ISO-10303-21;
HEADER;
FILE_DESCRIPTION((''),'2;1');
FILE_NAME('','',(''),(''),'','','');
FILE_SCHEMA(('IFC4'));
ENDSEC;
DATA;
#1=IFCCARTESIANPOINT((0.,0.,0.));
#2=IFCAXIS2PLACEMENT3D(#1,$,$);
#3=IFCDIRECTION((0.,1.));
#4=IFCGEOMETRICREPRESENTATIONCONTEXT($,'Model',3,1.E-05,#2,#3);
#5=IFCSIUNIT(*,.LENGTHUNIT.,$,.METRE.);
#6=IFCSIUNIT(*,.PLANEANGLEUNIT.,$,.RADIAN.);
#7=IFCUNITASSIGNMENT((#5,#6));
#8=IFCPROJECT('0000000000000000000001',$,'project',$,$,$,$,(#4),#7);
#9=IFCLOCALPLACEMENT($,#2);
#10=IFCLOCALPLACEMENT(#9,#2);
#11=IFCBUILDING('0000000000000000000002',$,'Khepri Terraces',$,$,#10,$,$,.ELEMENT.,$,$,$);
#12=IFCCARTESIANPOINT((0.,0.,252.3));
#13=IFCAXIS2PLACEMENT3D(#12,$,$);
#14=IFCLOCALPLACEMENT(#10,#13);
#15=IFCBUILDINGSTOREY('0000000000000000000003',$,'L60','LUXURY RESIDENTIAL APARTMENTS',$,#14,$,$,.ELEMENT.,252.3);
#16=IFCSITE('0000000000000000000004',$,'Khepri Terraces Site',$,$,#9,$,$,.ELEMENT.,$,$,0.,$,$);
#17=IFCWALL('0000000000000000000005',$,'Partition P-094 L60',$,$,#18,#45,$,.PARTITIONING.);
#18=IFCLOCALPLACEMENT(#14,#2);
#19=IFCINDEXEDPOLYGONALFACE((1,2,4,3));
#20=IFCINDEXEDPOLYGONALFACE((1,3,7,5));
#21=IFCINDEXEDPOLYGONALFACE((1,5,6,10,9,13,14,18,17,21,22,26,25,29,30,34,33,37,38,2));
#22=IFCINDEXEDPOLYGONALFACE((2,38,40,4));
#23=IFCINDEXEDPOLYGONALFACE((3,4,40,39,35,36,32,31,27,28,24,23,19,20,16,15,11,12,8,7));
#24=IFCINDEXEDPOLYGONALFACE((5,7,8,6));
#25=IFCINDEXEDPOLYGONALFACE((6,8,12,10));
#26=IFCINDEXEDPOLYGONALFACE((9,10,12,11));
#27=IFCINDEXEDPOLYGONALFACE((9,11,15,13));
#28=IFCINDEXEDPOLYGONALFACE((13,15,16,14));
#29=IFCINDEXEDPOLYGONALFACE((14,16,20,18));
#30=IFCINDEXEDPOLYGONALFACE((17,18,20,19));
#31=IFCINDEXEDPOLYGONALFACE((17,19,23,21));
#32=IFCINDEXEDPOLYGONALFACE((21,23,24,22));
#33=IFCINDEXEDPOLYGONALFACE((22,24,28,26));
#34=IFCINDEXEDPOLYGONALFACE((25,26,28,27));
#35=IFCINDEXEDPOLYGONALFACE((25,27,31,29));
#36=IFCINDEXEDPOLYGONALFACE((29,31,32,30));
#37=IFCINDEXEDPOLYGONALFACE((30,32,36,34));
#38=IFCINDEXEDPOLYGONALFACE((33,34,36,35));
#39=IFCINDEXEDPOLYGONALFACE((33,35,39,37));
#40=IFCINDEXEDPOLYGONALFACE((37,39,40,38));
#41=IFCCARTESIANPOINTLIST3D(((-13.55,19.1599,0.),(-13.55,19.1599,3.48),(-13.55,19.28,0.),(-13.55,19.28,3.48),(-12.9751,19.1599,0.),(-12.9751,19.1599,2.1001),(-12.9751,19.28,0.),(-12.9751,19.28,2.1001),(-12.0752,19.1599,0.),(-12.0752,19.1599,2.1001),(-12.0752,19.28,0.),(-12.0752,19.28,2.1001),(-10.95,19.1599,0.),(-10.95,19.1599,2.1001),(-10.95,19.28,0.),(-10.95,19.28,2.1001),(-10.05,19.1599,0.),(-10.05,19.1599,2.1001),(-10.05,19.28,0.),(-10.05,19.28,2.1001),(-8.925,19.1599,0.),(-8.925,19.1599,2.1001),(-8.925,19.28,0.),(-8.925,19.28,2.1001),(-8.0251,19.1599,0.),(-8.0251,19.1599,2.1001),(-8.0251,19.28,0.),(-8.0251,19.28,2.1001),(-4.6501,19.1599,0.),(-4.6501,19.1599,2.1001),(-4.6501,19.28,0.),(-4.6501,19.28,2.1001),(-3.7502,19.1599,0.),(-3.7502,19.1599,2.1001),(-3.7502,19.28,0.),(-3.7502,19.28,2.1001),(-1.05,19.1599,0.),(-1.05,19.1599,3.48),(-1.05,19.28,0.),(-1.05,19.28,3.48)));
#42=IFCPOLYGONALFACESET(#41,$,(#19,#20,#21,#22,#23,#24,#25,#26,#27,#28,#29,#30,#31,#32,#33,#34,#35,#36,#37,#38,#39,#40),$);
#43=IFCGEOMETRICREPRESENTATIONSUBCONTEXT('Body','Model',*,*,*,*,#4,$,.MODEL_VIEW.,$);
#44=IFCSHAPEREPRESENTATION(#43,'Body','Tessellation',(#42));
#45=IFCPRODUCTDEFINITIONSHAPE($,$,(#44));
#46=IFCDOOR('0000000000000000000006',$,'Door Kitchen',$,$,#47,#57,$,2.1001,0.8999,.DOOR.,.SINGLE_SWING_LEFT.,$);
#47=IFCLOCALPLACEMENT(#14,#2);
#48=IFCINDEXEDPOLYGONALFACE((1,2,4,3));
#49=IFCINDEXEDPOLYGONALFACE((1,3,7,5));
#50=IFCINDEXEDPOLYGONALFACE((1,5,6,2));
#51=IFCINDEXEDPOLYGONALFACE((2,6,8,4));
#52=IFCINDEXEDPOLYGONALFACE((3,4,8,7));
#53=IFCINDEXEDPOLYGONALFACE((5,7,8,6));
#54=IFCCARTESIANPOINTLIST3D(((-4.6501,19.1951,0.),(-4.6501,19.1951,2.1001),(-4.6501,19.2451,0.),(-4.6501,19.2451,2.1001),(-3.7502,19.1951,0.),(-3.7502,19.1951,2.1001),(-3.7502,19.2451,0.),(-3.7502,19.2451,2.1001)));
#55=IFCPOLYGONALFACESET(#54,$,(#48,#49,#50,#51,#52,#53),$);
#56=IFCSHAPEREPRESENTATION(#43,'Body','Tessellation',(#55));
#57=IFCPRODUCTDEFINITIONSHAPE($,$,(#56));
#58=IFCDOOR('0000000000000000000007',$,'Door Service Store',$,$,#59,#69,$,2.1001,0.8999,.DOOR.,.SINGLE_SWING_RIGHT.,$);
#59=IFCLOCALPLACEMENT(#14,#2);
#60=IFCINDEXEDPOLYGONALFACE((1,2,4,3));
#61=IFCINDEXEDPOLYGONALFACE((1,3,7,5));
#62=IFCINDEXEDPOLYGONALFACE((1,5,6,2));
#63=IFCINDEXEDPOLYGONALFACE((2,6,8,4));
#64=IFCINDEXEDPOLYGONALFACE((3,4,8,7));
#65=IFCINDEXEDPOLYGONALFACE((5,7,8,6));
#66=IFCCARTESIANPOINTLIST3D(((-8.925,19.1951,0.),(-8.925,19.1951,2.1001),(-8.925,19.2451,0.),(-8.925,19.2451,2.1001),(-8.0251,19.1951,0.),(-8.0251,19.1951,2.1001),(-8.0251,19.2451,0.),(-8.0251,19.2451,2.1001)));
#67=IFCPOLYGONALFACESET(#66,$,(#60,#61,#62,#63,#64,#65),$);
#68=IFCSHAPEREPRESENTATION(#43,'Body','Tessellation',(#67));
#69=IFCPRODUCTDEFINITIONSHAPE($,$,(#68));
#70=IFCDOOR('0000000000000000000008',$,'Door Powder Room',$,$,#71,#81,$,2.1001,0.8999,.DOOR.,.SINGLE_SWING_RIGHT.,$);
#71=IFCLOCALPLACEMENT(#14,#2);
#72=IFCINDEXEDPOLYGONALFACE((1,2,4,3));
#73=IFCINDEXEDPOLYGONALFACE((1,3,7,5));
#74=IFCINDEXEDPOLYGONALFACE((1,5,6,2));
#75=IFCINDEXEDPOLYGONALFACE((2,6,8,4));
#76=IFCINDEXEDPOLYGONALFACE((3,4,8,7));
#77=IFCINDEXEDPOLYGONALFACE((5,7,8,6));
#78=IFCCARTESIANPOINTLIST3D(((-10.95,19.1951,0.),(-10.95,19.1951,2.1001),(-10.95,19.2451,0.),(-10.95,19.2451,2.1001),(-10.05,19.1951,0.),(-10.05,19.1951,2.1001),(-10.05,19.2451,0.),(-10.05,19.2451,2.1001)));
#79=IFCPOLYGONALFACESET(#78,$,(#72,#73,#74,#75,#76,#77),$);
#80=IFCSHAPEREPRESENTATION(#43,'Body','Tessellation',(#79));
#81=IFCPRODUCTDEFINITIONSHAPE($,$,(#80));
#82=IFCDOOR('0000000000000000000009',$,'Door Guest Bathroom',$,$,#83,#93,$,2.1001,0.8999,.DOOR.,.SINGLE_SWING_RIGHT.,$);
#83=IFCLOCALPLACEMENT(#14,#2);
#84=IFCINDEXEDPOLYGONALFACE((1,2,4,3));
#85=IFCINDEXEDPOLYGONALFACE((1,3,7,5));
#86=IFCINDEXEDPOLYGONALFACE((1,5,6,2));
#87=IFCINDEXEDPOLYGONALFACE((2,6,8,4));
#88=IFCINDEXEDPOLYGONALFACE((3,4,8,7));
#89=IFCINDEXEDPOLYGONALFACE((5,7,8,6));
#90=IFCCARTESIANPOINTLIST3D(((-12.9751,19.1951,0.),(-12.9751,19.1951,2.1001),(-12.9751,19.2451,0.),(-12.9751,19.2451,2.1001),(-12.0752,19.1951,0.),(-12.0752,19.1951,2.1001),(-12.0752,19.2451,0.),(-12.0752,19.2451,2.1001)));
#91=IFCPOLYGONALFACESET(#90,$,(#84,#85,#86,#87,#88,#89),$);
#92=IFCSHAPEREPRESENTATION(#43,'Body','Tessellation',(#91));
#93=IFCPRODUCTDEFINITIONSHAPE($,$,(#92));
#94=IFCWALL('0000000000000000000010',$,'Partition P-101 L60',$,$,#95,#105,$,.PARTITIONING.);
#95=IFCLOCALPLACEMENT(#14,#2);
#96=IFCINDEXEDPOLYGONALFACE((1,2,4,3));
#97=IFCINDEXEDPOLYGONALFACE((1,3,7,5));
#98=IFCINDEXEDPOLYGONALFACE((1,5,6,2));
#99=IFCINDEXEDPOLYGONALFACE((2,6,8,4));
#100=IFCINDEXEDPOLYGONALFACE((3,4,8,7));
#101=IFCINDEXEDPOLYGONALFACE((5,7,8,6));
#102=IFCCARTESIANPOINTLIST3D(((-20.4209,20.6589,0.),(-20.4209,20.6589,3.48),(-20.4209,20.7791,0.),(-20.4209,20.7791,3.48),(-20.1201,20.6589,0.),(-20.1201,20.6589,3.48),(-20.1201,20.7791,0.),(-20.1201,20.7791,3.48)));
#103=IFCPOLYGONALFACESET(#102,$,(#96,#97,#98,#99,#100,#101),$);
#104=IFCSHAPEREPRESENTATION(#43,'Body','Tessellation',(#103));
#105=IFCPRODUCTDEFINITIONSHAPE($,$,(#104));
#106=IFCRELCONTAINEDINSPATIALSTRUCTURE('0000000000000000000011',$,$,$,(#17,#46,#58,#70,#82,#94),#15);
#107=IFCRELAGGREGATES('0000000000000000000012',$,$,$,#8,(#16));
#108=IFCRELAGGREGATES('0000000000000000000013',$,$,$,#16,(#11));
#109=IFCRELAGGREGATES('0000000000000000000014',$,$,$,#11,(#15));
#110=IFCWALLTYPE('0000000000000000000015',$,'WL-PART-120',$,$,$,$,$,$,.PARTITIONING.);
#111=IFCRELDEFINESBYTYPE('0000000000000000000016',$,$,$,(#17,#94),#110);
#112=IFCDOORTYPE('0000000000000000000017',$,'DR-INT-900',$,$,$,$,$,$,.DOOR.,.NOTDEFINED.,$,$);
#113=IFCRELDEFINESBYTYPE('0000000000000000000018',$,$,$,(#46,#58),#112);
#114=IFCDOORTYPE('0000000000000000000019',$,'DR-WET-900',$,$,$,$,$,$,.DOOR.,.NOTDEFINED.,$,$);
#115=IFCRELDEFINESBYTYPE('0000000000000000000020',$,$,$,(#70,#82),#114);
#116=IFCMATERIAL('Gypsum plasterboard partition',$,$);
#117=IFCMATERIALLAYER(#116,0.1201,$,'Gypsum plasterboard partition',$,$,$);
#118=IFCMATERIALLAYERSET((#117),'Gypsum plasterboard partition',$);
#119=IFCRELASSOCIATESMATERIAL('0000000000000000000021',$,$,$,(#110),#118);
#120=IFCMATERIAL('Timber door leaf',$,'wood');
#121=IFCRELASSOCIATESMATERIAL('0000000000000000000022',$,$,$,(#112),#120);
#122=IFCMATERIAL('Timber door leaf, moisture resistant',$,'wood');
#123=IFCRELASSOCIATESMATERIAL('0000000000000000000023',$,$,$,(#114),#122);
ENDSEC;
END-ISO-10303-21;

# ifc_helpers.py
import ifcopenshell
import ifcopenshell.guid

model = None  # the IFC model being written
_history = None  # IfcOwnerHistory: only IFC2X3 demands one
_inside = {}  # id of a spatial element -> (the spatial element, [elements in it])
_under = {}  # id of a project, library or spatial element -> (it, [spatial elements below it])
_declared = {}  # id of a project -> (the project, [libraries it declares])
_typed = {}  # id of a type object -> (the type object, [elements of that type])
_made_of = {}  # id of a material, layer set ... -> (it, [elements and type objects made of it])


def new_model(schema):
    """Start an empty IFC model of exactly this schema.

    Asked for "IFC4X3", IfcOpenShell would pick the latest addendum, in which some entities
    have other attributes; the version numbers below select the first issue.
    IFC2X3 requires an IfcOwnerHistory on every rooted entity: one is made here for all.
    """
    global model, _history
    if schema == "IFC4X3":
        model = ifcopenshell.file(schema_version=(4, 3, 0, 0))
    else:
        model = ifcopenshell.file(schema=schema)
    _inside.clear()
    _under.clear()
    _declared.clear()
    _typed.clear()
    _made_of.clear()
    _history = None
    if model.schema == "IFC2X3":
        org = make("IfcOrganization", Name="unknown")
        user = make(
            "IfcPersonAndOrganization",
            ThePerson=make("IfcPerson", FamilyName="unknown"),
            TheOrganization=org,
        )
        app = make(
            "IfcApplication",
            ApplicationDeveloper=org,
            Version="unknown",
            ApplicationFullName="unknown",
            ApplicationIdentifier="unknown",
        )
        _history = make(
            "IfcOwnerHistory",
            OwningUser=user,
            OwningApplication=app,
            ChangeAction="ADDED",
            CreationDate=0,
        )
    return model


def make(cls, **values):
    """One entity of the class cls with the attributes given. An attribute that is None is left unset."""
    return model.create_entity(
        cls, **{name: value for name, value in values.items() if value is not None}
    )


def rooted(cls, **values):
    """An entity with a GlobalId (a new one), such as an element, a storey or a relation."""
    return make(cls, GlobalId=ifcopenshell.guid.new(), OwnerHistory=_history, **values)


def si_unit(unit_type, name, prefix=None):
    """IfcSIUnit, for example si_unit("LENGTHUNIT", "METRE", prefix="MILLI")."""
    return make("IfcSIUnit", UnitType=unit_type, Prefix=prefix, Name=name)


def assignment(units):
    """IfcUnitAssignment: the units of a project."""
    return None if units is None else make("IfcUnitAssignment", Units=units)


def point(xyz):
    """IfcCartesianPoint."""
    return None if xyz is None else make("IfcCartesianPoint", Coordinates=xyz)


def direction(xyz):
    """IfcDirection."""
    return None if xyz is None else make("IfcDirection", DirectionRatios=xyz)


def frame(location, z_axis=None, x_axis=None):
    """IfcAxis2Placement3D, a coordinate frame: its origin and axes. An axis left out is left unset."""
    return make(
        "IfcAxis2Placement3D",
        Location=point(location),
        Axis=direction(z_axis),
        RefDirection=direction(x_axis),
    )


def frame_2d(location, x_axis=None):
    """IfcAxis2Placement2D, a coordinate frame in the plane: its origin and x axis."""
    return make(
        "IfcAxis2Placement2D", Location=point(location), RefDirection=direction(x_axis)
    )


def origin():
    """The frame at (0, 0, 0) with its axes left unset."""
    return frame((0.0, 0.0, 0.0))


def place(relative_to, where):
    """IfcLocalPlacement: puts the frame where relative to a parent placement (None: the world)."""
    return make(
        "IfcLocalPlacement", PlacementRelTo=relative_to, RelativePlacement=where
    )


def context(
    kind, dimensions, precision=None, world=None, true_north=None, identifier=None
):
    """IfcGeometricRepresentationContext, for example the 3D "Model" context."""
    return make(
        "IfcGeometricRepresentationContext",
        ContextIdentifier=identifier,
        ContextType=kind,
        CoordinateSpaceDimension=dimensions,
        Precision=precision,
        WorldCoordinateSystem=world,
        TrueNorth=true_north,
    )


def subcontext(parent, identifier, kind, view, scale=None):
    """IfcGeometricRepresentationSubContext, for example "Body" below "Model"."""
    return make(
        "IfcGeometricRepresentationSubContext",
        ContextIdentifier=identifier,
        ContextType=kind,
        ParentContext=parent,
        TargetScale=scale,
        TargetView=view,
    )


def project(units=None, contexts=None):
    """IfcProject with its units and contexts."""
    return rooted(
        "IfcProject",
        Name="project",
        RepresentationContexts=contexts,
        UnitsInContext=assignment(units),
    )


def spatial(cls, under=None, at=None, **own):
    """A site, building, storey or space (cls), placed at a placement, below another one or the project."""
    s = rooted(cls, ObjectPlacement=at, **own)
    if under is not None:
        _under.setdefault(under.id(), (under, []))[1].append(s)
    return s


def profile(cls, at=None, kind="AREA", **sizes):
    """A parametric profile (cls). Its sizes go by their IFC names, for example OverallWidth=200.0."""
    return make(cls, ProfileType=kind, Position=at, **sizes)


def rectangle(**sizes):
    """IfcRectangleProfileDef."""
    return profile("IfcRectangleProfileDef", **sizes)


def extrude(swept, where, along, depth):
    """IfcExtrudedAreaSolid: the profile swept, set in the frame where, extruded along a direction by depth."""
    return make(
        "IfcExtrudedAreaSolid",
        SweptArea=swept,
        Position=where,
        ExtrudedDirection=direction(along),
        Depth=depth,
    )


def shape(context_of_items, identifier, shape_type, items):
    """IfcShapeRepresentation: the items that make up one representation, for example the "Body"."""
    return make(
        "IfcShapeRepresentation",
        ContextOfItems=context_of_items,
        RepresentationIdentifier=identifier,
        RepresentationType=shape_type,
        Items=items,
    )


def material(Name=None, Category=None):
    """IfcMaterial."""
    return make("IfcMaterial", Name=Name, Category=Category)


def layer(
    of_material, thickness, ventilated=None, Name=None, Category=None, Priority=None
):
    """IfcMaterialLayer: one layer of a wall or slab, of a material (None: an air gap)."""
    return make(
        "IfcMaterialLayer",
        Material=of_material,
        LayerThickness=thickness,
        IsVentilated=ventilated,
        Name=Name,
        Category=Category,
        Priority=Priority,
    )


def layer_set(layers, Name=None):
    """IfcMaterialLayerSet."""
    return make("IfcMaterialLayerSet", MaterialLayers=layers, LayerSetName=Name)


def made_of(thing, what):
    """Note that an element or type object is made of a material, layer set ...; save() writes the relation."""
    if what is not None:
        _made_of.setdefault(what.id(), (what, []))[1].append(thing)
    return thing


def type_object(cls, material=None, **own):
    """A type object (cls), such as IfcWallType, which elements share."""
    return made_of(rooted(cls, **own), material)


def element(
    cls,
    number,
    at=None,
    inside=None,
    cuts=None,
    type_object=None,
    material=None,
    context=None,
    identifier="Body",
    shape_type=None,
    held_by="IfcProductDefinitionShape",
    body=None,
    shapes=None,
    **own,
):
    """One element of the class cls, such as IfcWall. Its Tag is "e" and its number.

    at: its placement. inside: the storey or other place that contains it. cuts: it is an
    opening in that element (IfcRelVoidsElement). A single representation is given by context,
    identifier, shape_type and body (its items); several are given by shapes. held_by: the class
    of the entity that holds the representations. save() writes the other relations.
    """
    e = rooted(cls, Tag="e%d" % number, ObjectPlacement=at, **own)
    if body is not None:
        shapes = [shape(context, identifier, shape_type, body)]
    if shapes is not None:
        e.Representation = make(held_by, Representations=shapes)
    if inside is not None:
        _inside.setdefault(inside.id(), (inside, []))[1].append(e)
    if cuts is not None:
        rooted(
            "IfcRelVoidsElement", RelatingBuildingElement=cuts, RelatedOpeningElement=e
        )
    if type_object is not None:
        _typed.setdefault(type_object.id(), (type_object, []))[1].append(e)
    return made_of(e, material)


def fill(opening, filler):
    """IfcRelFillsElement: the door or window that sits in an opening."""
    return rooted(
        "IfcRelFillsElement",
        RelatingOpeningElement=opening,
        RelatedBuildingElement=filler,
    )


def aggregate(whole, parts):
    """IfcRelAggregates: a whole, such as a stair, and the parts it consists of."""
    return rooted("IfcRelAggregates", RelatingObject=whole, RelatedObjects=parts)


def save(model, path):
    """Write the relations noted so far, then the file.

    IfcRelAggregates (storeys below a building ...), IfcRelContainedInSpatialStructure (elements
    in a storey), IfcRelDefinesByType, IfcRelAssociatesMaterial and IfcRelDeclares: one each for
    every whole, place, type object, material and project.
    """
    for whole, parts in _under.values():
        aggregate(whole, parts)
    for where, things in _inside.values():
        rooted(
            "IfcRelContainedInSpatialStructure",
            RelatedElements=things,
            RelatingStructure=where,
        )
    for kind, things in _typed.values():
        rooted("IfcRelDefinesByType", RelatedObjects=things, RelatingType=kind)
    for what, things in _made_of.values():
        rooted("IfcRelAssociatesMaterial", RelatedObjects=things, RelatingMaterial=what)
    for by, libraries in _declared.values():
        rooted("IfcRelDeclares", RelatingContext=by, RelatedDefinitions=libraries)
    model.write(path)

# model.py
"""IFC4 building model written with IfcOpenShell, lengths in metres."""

from ifc_helpers import new_model, si_unit, direction, frame, frame_2d, origin, place, context, subcontext, project, spatial, rectangle, extrude, material, layer, layer_set, type_object, element, fill, save


model = new_model("IFC4")

# Units and contexts
model_context = context("Model", 3, precision=1e-05, world=origin(), true_north=direction((0.0, 1.0)))
body_context = subcontext(model_context, "Body", "Model", "MODEL_VIEW")
ifc_project = project(units=[si_unit("LENGTHUNIT", "METRE"), si_unit("PLANEANGLEUNIT", "RADIAN")], contexts=[model_context])

# Site, building, storey
site_placement = place(None, origin())
site = spatial("IfcSite", under=ifc_project, at=site_placement, Name="Khepri Terraces Site", CompositionType="ELEMENT", RefElevation=0.0)
building_placement = place(site_placement, origin())
building = spatial("IfcBuilding", under=site, at=building_placement, Name="Khepri Terraces", CompositionType="ELEMENT")
storey_placement = place(building_placement, frame((0.0, 0.0, 252.3)))
storey = spatial("IfcBuildingStorey", under=building, at=storey_placement, Name="L60", Description="LUXURY RESIDENTIAL APARTMENTS", CompositionType="ELEMENT", Elevation=252.3)

# Shared definitions
ifc_material_1 = material(Name="Gypsum plasterboard partition")
ifc_layer_1 = layer(ifc_material_1, 0.1201, Name="Gypsum plasterboard partition")
ifc_layer_set_1 = layer_set([ifc_layer_1], Name="Gypsum plasterboard partition")
wall_type_1 = type_object("IfcWallType", Name="WL-PART-120", PredefinedType="PARTITIONING", material=ifc_layer_set_1)

# Wall, openings, doors
wall_1_placement = place(storey_placement, frame((-13.55, 19.22, 0.0), z_axis=(0.0, 0.0, 1.0), x_axis=(1.0, 0.0, 0.0)))
wall_1 = element("IfcWall", 1, at=wall_1_placement, inside=storey, type_object=wall_type_1, Name="Partition P-094 L60", PredefinedType="PARTITIONING", context=body_context, shape_type="SweptSolid", body=[
    extrude(rectangle(XDim=12.5, YDim=0.1201, at=frame_2d((6.25, 0.0))), origin(), (0.0, 0.0, 1.0), 3.48),
])
opening_1_placement = place(wall_1_placement, frame((8.8999, 0.0, 0.0)))
opening_1 = element("IfcOpeningElement", 2, at=opening_1_placement, cuts=wall_1, PredefinedType="OPENING", context=body_context, shape_type="SweptSolid", body=[
    extrude(rectangle(XDim=0.8999, YDim=2.1001, at=frame_2d((0.45, 1.05))), frame((0.0, 0.0701, 0.0), z_axis=(0.0, -1.0, 0.0), x_axis=(1.0, 0.0, 0.0)), (0.0, 0.0, 1.0), 0.1401),
])
opening_2_placement = place(wall_1_placement, frame((4.625, 0.0, 0.0)))
opening_2 = element("IfcOpeningElement", 3, at=opening_2_placement, cuts=wall_1, PredefinedType="OPENING", context=body_context, shape_type="SweptSolid", body=[
    extrude(rectangle(XDim=0.8999, YDim=2.1001, at=frame_2d((0.45, 1.05))), frame((0.0, 0.0701, 0.0), z_axis=(0.0, -1.0, 0.0), x_axis=(1.0, 0.0, 0.0)), (0.0, 0.0, 1.0), 0.1401),
])
opening_3_placement = place(wall_1_placement, frame((2.6001, 0.0, 0.0)))
opening_3 = element("IfcOpeningElement", 4, at=opening_3_placement, cuts=wall_1, PredefinedType="OPENING", context=body_context, shape_type="SweptSolid", body=[
    extrude(rectangle(XDim=0.8999, YDim=2.1001, at=frame_2d((0.45, 1.05))), frame((0.0, 0.0701, 0.0), z_axis=(0.0, -1.0, 0.0), x_axis=(1.0, 0.0, 0.0)), (0.0, 0.0, 1.0), 0.1401),
])
opening_4_placement = place(wall_1_placement, frame((0.575, 0.0, 0.0)))
opening_4 = element("IfcOpeningElement", 5, at=opening_4_placement, cuts=wall_1, PredefinedType="OPENING", context=body_context, shape_type="SweptSolid", body=[
    extrude(rectangle(XDim=0.8999, YDim=2.1001, at=frame_2d((0.45, 1.05))), frame((0.0, 0.0701, 0.0), z_axis=(0.0, -1.0, 0.0), x_axis=(1.0, 0.0, 0.0)), (0.0, 0.0, 1.0), 0.1401),
])
ifc_material_2 = material(Name="Timber door leaf", Category="wood")
door_type_1 = type_object("IfcDoorType", Name="DR-INT-900", OperationType="NOTDEFINED", PredefinedType="DOOR", material=ifc_material_2)
door_1_placement = place(opening_1_placement, frame((0.8999, 0.0, 0.0), z_axis=(0.0, 0.0, 1.0), x_axis=(-1.0, 0.0, 0.0)))
door_1 = element("IfcDoor", 6, at=door_1_placement, inside=storey, type_object=door_type_1, Name="Door Kitchen", OperationType="SINGLE_SWING_LEFT", OverallHeight=2.1001, OverallWidth=0.8999, PredefinedType="DOOR", context=body_context, shape_type="SweptSolid", body=[
    extrude(rectangle(XDim=0.8999, YDim=2.1001, at=frame_2d((0.45, 1.05))), frame((0.0, 0.0249, 0.0), z_axis=(0.0, -1.0, 0.0), x_axis=(1.0, 0.0, 0.0)), (0.0, 0.0, 1.0), 0.05),
])
fill(opening_1, door_1)
door_2_placement = place(opening_2_placement, frame((0.8999, 0.0, 0.0), z_axis=(0.0, 0.0, 1.0), x_axis=(-1.0, 0.0, 0.0)))
door_2 = element("IfcDoor", 7, at=door_2_placement, inside=storey, type_object=door_type_1, Name="Door Service Store", OperationType="SINGLE_SWING_RIGHT", OverallHeight=2.1001, OverallWidth=0.8999, PredefinedType="DOOR", context=body_context, shape_type="SweptSolid", body=[
    extrude(rectangle(XDim=0.8999, YDim=2.1001, at=frame_2d((0.45, 1.05))), frame((0.0, 0.0249, 0.0), z_axis=(0.0, -1.0, 0.0), x_axis=(1.0, 0.0, 0.0)), (0.0, 0.0, 1.0), 0.05),
])
fill(opening_2, door_2)
ifc_material_3 = material(Name="Timber door leaf, moisture resistant", Category="wood")
door_type_2 = type_object("IfcDoorType", Name="DR-WET-900", OperationType="NOTDEFINED", PredefinedType="DOOR", material=ifc_material_3)
door_3_placement = place(opening_3_placement, frame((0.8999, 0.0, 0.0), z_axis=(0.0, 0.0, 1.0), x_axis=(-1.0, 0.0, 0.0)))
door_3 = element("IfcDoor", 8, at=door_3_placement, inside=storey, type_object=door_type_2, Name="Door Powder Room", OperationType="SINGLE_SWING_RIGHT", OverallHeight=2.1001, OverallWidth=0.8999, PredefinedType="DOOR", context=body_context, shape_type="SweptSolid", body=[
    extrude(rectangle(XDim=0.8999, YDim=2.1001, at=frame_2d((0.45, 1.05))), frame((0.0, 0.0249, 0.0), z_axis=(0.0, -1.0, 0.0), x_axis=(1.0, 0.0, 0.0)), (0.0, 0.0, 1.0), 0.05),
])
fill(opening_3, door_3)
door_4_placement = place(opening_4_placement, frame((0.8999, 0.0, 0.0), z_axis=(0.0, 0.0, 1.0), x_axis=(-1.0, 0.0, 0.0)))
door_4 = element("IfcDoor", 9, at=door_4_placement, inside=storey, type_object=door_type_2, Name="Door Guest Bathroom", OperationType="SINGLE_SWING_RIGHT", OverallHeight=2.1001, OverallWidth=0.8999, PredefinedType="DOOR", context=body_context, shape_type="SweptSolid", body=[
    extrude(rectangle(XDim=0.8999, YDim=2.1001, at=frame_2d((0.45, 1.05))), frame((0.0, 0.0249, 0.0), z_axis=(0.0, -1.0, 0.0), x_axis=(1.0, 0.0, 0.0)), (0.0, 0.0, 1.0), 0.05),
])
fill(opening_4, door_4)

# Wall
wall_2_placement = place(storey_placement, frame((-20.4209, 20.719, 0.0), z_axis=(0.0, 0.0, 1.0), x_axis=(1.0, 0.0, 0.0)))
element("IfcWall", 10, at=wall_2_placement, inside=storey, type_object=wall_type_1, Name="Partition P-101 L60", PredefinedType="PARTITIONING", context=body_context, shape_type="SweptSolid", body=[
    extrude(rectangle(XDim=0.3008, YDim=0.1201, at=frame_2d((0.1504, 0.0))), origin(), (0.0, 0.0, 1.0), 3.48),
])

save(model, "model.ifc")
